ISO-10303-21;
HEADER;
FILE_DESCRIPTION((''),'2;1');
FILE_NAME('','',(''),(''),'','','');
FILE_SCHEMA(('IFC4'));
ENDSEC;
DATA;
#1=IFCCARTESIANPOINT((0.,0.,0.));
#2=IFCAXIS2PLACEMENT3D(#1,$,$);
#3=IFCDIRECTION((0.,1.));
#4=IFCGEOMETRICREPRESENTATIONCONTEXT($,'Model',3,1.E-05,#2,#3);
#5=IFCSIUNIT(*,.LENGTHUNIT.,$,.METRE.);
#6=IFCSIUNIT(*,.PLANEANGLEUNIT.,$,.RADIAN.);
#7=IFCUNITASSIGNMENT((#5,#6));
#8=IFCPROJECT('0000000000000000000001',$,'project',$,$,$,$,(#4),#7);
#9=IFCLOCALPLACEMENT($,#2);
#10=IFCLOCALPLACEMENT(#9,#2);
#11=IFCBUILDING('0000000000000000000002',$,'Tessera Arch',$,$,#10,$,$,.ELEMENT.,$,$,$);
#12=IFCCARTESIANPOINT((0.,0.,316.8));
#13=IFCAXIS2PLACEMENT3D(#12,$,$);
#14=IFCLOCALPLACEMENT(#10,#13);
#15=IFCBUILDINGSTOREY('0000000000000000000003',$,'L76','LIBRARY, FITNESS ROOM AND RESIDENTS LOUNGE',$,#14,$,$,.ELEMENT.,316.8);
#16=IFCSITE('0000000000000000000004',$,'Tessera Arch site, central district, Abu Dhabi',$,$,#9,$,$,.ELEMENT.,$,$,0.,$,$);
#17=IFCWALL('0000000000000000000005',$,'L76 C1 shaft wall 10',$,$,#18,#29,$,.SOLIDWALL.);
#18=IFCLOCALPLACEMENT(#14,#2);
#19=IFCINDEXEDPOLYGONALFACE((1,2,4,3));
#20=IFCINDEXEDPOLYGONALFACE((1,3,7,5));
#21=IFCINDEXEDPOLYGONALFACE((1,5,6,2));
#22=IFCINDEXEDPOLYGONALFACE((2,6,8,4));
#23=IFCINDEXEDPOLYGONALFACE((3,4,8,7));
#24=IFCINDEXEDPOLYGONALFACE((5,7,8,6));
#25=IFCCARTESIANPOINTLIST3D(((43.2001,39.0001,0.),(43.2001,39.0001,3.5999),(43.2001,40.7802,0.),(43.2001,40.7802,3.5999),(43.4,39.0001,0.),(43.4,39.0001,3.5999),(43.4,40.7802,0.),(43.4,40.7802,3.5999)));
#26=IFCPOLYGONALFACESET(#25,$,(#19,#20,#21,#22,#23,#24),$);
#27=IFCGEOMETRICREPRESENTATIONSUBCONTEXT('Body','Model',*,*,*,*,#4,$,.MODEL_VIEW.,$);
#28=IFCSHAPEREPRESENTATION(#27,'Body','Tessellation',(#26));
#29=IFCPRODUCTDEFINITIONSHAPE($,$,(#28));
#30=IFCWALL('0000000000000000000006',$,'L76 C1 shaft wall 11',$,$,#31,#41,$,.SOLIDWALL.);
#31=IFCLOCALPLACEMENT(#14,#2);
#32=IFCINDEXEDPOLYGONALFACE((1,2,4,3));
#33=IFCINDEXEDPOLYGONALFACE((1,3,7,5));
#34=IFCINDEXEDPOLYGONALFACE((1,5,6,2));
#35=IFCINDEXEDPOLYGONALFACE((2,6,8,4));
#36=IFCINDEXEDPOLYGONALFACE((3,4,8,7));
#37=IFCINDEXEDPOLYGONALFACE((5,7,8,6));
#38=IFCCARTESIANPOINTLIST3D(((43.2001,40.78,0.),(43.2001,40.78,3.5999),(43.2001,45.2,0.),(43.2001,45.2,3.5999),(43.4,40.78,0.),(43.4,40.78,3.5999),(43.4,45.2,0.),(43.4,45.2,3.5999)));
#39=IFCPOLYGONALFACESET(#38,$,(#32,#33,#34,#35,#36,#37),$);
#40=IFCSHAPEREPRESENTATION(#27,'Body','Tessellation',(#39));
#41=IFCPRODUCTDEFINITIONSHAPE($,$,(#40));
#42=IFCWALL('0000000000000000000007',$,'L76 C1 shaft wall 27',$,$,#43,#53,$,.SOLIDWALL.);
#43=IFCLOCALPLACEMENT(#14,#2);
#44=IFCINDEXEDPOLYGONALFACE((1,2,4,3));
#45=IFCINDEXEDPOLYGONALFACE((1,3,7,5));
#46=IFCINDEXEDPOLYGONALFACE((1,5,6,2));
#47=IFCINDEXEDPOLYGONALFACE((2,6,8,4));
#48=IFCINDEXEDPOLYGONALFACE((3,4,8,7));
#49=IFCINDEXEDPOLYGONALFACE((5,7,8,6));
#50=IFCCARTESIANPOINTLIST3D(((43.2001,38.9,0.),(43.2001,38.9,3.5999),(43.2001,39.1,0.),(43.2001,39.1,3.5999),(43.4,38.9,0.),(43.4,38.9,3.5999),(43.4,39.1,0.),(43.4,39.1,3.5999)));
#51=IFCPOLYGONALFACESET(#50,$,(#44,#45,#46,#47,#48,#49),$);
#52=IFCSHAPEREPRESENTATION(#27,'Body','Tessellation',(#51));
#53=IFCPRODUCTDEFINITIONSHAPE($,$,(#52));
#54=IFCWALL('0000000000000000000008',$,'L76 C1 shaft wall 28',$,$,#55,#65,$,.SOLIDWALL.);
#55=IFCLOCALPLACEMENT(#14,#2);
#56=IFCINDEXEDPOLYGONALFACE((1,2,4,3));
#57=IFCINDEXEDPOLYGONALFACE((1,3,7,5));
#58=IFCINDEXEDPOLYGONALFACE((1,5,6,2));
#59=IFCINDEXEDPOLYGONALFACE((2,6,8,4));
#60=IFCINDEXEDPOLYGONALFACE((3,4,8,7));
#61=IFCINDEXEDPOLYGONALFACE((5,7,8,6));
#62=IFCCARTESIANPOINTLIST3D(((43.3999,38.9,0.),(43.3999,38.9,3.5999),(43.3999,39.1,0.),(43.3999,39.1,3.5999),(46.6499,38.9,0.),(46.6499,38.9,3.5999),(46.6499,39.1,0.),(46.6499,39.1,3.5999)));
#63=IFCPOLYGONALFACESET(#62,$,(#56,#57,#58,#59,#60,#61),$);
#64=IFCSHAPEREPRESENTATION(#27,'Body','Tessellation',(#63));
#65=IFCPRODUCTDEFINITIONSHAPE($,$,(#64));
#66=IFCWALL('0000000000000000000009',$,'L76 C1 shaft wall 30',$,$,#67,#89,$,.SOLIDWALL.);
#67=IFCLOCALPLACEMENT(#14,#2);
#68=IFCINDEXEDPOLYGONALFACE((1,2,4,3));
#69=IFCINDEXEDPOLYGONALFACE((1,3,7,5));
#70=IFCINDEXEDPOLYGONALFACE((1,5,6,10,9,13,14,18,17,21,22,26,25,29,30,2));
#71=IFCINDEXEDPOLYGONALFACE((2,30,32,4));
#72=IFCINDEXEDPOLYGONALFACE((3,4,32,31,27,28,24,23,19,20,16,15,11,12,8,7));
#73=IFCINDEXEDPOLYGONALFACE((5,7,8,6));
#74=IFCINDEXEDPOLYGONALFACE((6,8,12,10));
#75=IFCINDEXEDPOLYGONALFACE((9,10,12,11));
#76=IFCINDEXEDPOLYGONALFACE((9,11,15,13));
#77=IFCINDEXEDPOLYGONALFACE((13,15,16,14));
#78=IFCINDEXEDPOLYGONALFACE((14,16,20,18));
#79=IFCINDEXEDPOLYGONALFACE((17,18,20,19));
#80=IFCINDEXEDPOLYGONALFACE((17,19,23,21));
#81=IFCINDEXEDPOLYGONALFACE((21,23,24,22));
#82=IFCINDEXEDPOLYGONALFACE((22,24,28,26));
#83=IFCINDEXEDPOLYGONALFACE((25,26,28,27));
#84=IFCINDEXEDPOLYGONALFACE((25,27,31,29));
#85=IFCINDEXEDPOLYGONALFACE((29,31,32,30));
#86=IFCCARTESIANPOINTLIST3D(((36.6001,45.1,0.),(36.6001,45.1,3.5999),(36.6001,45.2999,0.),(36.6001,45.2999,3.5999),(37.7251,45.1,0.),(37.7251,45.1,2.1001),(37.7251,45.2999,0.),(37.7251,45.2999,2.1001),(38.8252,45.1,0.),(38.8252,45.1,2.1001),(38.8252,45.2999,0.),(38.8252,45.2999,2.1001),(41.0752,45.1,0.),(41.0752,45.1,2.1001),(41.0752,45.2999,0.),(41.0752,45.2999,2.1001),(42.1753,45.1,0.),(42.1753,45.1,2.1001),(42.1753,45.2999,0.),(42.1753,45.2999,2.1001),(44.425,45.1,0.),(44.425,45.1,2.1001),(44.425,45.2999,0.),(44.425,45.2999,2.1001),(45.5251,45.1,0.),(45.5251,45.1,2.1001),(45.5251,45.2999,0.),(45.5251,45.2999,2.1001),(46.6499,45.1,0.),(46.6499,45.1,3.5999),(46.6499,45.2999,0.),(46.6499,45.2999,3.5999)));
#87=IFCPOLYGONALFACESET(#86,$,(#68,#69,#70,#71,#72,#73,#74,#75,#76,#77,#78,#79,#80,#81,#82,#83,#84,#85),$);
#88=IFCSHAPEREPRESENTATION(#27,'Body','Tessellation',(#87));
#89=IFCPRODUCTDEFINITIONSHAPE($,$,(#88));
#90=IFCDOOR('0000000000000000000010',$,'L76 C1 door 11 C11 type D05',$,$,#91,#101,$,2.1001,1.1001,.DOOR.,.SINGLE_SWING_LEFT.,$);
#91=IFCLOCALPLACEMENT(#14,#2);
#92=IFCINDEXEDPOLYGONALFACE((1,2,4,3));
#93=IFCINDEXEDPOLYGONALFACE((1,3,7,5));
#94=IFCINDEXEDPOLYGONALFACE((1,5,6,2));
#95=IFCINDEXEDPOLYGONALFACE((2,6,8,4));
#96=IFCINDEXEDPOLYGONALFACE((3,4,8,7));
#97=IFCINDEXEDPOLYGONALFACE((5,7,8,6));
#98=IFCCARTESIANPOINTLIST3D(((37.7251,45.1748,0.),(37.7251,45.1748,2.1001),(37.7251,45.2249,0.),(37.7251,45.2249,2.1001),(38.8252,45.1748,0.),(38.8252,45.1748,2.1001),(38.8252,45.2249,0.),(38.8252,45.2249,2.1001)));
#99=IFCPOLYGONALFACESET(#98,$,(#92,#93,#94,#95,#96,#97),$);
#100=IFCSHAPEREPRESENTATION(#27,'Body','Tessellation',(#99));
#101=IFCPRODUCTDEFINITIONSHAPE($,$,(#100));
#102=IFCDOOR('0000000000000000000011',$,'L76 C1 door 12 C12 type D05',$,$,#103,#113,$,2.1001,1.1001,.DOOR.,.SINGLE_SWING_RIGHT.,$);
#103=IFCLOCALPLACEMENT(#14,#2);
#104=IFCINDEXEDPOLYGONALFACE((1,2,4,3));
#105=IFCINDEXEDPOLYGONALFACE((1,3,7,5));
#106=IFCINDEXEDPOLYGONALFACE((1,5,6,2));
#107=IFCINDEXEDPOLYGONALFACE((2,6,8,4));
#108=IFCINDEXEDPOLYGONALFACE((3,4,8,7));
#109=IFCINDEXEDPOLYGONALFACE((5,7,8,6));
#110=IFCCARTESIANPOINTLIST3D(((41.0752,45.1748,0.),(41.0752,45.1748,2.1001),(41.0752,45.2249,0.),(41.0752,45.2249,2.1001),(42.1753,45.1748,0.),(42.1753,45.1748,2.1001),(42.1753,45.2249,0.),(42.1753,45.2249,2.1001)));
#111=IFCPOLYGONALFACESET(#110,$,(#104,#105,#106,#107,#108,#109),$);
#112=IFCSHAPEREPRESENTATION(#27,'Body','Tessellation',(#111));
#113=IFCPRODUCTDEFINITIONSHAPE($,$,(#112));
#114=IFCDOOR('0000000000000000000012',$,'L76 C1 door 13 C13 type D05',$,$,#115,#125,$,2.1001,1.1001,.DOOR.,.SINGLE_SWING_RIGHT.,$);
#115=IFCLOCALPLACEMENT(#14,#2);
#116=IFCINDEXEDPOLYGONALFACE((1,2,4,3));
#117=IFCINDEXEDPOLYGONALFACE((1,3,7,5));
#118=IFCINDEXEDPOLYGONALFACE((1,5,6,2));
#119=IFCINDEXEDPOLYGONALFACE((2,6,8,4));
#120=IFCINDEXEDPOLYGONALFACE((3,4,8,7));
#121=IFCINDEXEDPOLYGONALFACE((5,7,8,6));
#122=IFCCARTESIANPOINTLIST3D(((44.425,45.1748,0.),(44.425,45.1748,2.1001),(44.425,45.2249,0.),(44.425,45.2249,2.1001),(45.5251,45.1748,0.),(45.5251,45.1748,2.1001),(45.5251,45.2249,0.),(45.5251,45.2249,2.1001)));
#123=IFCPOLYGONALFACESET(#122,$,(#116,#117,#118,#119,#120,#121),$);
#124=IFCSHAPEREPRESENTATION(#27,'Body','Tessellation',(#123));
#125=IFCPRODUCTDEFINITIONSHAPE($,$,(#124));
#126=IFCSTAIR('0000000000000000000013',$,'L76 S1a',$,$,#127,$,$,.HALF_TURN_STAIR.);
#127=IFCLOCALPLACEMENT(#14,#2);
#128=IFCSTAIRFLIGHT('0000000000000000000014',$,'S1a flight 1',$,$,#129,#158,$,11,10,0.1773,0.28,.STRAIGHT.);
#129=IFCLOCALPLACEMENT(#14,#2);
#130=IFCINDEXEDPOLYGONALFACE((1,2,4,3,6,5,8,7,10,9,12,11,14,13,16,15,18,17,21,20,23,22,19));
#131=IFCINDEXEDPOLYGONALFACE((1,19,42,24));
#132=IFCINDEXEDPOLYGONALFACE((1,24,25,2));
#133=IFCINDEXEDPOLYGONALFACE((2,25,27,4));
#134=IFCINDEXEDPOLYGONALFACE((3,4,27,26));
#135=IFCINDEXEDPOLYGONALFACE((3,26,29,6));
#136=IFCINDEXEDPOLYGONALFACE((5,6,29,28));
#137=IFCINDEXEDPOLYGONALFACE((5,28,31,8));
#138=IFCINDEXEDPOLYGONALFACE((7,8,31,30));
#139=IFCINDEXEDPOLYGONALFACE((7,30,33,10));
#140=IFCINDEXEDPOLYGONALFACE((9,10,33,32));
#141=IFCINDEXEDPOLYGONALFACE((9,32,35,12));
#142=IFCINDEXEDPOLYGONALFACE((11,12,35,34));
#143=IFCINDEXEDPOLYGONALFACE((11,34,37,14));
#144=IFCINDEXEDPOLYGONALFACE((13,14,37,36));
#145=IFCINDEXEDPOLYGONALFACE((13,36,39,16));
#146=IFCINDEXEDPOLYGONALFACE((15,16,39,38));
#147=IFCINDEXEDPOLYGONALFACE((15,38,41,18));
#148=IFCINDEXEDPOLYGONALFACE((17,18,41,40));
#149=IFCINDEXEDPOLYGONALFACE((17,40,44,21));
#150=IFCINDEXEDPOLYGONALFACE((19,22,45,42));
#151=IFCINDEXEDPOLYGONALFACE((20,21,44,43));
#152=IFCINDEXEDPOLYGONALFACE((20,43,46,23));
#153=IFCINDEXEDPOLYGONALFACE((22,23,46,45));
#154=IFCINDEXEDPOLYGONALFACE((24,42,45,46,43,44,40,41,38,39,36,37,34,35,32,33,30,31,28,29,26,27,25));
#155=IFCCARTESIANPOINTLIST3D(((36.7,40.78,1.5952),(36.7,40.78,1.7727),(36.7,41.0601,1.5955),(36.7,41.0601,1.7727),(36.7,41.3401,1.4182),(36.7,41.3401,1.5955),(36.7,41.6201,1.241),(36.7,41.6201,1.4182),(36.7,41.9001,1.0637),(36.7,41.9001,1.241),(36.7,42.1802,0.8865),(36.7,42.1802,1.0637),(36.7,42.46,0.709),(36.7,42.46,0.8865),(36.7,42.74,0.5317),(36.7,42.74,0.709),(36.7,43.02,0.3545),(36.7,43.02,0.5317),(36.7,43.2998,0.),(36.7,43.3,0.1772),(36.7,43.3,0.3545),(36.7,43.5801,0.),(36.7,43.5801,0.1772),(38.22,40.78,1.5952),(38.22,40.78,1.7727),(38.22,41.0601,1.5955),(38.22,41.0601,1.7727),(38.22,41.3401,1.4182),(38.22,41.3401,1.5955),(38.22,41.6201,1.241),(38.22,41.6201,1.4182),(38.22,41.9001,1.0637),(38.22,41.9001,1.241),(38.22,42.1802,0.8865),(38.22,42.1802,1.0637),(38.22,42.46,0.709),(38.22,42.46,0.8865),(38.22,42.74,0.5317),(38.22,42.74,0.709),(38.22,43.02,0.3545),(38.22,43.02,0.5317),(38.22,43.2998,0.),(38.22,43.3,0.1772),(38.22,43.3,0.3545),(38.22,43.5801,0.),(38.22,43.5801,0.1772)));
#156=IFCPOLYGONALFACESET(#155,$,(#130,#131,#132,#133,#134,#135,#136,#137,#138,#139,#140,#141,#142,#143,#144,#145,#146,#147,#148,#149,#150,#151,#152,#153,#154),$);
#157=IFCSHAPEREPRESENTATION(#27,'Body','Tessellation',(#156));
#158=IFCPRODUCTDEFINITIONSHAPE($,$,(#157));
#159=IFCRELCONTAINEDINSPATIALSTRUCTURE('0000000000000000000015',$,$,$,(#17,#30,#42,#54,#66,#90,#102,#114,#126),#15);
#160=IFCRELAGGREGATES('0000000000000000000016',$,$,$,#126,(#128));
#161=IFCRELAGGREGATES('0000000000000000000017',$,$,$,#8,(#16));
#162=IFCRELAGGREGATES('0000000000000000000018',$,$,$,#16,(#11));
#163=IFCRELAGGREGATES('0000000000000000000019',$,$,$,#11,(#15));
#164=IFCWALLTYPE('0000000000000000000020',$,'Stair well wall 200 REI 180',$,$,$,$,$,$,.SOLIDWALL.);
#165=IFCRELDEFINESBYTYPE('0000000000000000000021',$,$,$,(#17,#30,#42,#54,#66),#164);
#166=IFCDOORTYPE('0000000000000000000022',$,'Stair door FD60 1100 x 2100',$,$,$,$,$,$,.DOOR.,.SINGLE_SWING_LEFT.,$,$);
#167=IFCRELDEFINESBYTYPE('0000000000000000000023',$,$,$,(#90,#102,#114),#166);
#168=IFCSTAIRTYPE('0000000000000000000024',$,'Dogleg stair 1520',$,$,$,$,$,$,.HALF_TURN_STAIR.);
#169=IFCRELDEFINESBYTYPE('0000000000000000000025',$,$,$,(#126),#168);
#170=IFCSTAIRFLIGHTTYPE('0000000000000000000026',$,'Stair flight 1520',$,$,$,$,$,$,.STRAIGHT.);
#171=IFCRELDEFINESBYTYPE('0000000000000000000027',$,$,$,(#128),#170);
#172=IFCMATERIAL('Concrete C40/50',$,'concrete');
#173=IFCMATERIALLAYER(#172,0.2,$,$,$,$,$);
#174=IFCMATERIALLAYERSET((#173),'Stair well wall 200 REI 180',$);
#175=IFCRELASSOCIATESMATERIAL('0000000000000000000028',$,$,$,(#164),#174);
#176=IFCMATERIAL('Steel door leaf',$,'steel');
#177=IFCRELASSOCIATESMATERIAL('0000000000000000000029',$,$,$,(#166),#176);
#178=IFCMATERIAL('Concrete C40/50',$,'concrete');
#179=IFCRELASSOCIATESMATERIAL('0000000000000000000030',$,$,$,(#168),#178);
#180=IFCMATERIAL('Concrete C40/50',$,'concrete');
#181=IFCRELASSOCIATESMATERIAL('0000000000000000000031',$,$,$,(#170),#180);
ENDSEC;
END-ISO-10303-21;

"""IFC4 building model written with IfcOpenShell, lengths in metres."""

from ifc_helpers import new_model, si_unit, direction, frame, frame_2d, origin, place, context, subcontext, project, spatial, polyline, rectangle, outline, extrude, material, layer, layer_set, type_object, element, fill, aggregate, save


model = new_model("IFC4")

# Units and contexts
model_context = context("Model", 3, precision=1e-05, world=origin(), true_north=direction((0.0, 1.0)))
body_context = subcontext(model_context, "Body", "Model", "MODEL_VIEW")
ifc_project = project(units=[si_unit("LENGTHUNIT", "METRE"), si_unit("PLANEANGLEUNIT", "RADIAN")], contexts=[model_context])

# Site, building, storey
site_placement = place(None, origin())
site = spatial("IfcSite", under=ifc_project, at=site_placement, Name="Tessera Arch site, central district, Abu Dhabi", CompositionType="ELEMENT", RefElevation=0.0)
building_placement = place(site_placement, origin())
building = spatial("IfcBuilding", under=site, at=building_placement, Name="Tessera Arch", CompositionType="ELEMENT")
storey_placement = place(building_placement, frame((0.0, 0.0, 316.8)))
storey = spatial("IfcBuildingStorey", under=building, at=storey_placement, Name="L76", Description="LIBRARY, FITNESS ROOM AND RESIDENTS LOUNGE", CompositionType="ELEMENT", Elevation=316.8)

# Walls
ifc_material_1 = material(Name="Concrete C40/50", Category="concrete")
ifc_layer_1 = layer(ifc_material_1, 0.2)
ifc_layer_set_1 = layer_set([ifc_layer_1], Name="Stair well wall 200 REI 180")
wall_type_1 = type_object("IfcWallType", Name="Stair well wall 200 REI 180", PredefinedType="SOLIDWALL", material=ifc_layer_set_1)
wall_1_placement = place(storey_placement, frame((43.3, 39.0, 0.0), z_axis=(0.0, 0.0, 1.0), x_axis=(0.0, 1.0, 0.0)))
element("IfcWall", 1, at=wall_1_placement, inside=storey, type_object=wall_type_1, Name="L76 C1 shaft wall 10", PredefinedType="SOLIDWALL", context=body_context, shape_type="SweptSolid", body=[
    extrude(rectangle(XDim=1.78, YDim=0.2, at=frame_2d((0.8901, 0.0))), origin(), (0.0, 0.0, 1.0), 3.5999),
])
wall_2_placement = place(storey_placement, frame((43.3, 40.78, 0.0), z_axis=(0.0, 0.0, 1.0), x_axis=(0.0, 1.0, 0.0)))
element("IfcWall", 2, at=wall_2_placement, inside=storey, type_object=wall_type_1, Name="L76 C1 shaft wall 11", PredefinedType="SOLIDWALL", context=body_context, shape_type="SweptSolid", body=[
    extrude(rectangle(XDim=4.4199, YDim=0.2, at=frame_2d((2.21, 0.0))), origin(), (0.0, 0.0, 1.0), 3.5999),
])
wall_3_placement = place(storey_placement, frame((43.2, 39.0, 0.0), z_axis=(0.0, 0.0, 1.0), x_axis=(1.0, 0.0, 0.0)))
element("IfcWall", 3, at=wall_3_placement, inside=storey, type_object=wall_type_1, Name="L76 C1 shaft wall 27", PredefinedType="SOLIDWALL", context=body_context, shape_type="SweptSolid", body=[
    extrude(rectangle(XDim=0.2, YDim=0.2, at=frame_2d((0.1001, 0.0))), origin(), (0.0, 0.0, 1.0), 3.5999),
])
wall_4_placement = place(storey_placement, frame((43.3999, 39.0, 0.0), z_axis=(0.0, 0.0, 1.0), x_axis=(1.0, 0.0, 0.0)))
element("IfcWall", 4, at=wall_4_placement, inside=storey, type_object=wall_type_1, Name="L76 C1 shaft wall 28", PredefinedType="SOLIDWALL", context=body_context, shape_type="SweptSolid", body=[
    extrude(rectangle(XDim=3.25, YDim=0.2, at=frame_2d((1.625, 0.0))), origin(), (0.0, 0.0, 1.0), 3.5999),
])

# Wall, openings, doors
wall_5_placement = place(storey_placement, frame((36.6001, 45.2, 0.0), z_axis=(0.0, 0.0, 1.0), x_axis=(1.0, 0.0, 0.0)))
wall_5 = element("IfcWall", 5, at=wall_5_placement, inside=storey, type_object=wall_type_1, Name="L76 C1 shaft wall 30", PredefinedType="SOLIDWALL", context=body_context, shape_type="SweptSolid", body=[
    extrude(rectangle(XDim=10.0498, YDim=0.2, at=frame_2d((5.0249, 0.0))), origin(), (0.0, 0.0, 1.0), 3.5999),
])
opening_1_placement = place(wall_5_placement, frame((1.125, 0.0, 0.0)))
opening_1 = element("IfcOpeningElement", 6, at=opening_1_placement, cuts=wall_5, PredefinedType="OPENING", context=body_context, shape_type="SweptSolid", body=[
    extrude(rectangle(XDim=1.1001, YDim=2.1001, at=frame_2d((0.55, 1.05))), frame((0.0, 0.1099, 0.0), z_axis=(0.0, -1.0, 0.0), x_axis=(1.0, 0.0, 0.0)), (0.0, 0.0, 1.0), 0.22),
])
opening_2_placement = place(wall_5_placement, frame((4.4751, 0.0, 0.0)))
opening_2 = element("IfcOpeningElement", 7, at=opening_2_placement, cuts=wall_5, PredefinedType="OPENING", context=body_context, shape_type="SweptSolid", body=[
    extrude(rectangle(XDim=1.1001, YDim=2.1001, at=frame_2d((0.55, 1.05))), frame((0.0, 0.1099, 0.0), z_axis=(0.0, -1.0, 0.0), x_axis=(1.0, 0.0, 0.0)), (0.0, 0.0, 1.0), 0.22),
])
opening_3_placement = place(wall_5_placement, frame((7.825, 0.0, 0.0)))
opening_3 = element("IfcOpeningElement", 8, at=opening_3_placement, cuts=wall_5, PredefinedType="OPENING", context=body_context, shape_type="SweptSolid", body=[
    extrude(rectangle(XDim=1.1001, YDim=2.1001, at=frame_2d((0.55, 1.05))), frame((0.0, 0.1099, 0.0), z_axis=(0.0, -1.0, 0.0), x_axis=(1.0, 0.0, 0.0)), (0.0, 0.0, 1.0), 0.22),
])
ifc_material_2 = material(Name="Steel door leaf", Category="steel")
door_type_1 = type_object("IfcDoorType", Name="Stair door FD60 1100 x 2100", OperationType="SINGLE_SWING_LEFT", PredefinedType="DOOR", material=ifc_material_2)
door_1_placement = place(opening_1_placement, origin())
door_1 = element("IfcDoor", 9, at=door_1_placement, inside=storey, type_object=door_type_1, Name="L76 C1 door 11 C11 type D05", OperationType="SINGLE_SWING_LEFT", OverallHeight=2.1001, OverallWidth=1.1001, PredefinedType="DOOR", context=body_context, shape_type="SweptSolid", body=[
    extrude(rectangle(XDim=1.1001, YDim=2.1001, at=frame_2d((0.55, 1.05))), frame((0.0, 0.0249, 0.0), z_axis=(0.0, -1.0, 0.0), x_axis=(1.0, 0.0, 0.0)), (0.0, 0.0, 1.0), 0.05),
])
fill(opening_1, door_1)
door_2_placement = place(opening_2_placement, origin())
door_2 = element("IfcDoor", 10, at=door_2_placement, inside=storey, type_object=door_type_1, Name="L76 C1 door 12 C12 type D05", OperationType="SINGLE_SWING_RIGHT", OverallHeight=2.1001, OverallWidth=1.1001, PredefinedType="DOOR", context=body_context, shape_type="SweptSolid", body=[
    extrude(rectangle(XDim=1.1001, YDim=2.1001, at=frame_2d((0.55, 1.05))), frame((0.0, 0.0249, 0.0), z_axis=(0.0, -1.0, 0.0), x_axis=(1.0, 0.0, 0.0)), (0.0, 0.0, 1.0), 0.05),
])
fill(opening_2, door_2)
door_3_placement = place(opening_3_placement, origin())
door_3 = element("IfcDoor", 11, at=door_3_placement, inside=storey, type_object=door_type_1, Name="L76 C1 door 13 C13 type D05", OperationType="SINGLE_SWING_RIGHT", OverallHeight=2.1001, OverallWidth=1.1001, PredefinedType="DOOR", context=body_context, shape_type="SweptSolid", body=[
    extrude(rectangle(XDim=1.1001, YDim=2.1001, at=frame_2d((0.55, 1.05))), frame((0.0, 0.0249, 0.0), z_axis=(0.0, -1.0, 0.0), x_axis=(1.0, 0.0, 0.0)), (0.0, 0.0, 1.0), 0.05),
])
fill(opening_3, door_3)

# Stair, stair flight
ifc_material_3 = material(Name="Concrete C40/50", Category="concrete")
stair_type = type_object("IfcStairType", Name="Dogleg stair 1520", PredefinedType="HALF_TURN_STAIR", material=ifc_material_3)
stair_1_placement = place(storey_placement, origin())
stair_1 = element("IfcStair", 12, at=stair_1_placement, inside=storey, type_object=stair_type, Name="L76 S1a", PredefinedType="HALF_TURN_STAIR")
ifc_material_4 = material(Name="Concrete C40/50", Category="concrete")
stair_flight_type = type_object("IfcStairFlightType", Name="Stair flight 1520", PredefinedType="STRAIGHT", material=ifc_material_4)
stair_flight_1_placement = place(storey_placement, frame((37.46, 43.5801, 0.0), z_axis=(0.0, 0.0, 1.0), x_axis=(0.0, -1.0, 0.0)))
stair_flight_1 = element("IfcStairFlight", 13, at=stair_flight_1_placement, type_object=stair_flight_type, Name="S1a flight 1", NumberOfRisers=11, NumberOfTreads=10, PredefinedType="STRAIGHT", RiserHeight=0.1773, TreadLength=0.28, context=body_context, shape_type="SweptSolid", body=[
    extrude(outline(polyline([(0.0, 0.0), (0.0, 0.1772), (0.28, 0.1772), (0.28, 0.3545), (0.5601, 0.3545), (0.5601, 0.5317), (0.8401, 0.5317), (0.8401, 0.709), (1.1201, 0.709), (1.1201, 0.8865), (1.3999, 0.8865), (1.3999, 1.0637), (1.6799, 1.0637), (1.6799, 1.241), (1.96, 1.241), (1.96, 1.4182), (2.24, 1.4182), (2.24, 1.5955), (2.52, 1.5955), (2.52, 1.7727), (2.8, 1.7727), (2.8, 1.95), (2.8, 1.5952), (0.2803, 0.0), (0.0, 0.0)])), frame((0.0, 0.76, 0.0), z_axis=(0.0, -1.0, 0.0), x_axis=(1.0, 0.0, 0.0)), (0.0, 0.0, 1.0), 1.52),
])
aggregate(stair_1, [stair_flight_1])

save(model, "model.ifc")
